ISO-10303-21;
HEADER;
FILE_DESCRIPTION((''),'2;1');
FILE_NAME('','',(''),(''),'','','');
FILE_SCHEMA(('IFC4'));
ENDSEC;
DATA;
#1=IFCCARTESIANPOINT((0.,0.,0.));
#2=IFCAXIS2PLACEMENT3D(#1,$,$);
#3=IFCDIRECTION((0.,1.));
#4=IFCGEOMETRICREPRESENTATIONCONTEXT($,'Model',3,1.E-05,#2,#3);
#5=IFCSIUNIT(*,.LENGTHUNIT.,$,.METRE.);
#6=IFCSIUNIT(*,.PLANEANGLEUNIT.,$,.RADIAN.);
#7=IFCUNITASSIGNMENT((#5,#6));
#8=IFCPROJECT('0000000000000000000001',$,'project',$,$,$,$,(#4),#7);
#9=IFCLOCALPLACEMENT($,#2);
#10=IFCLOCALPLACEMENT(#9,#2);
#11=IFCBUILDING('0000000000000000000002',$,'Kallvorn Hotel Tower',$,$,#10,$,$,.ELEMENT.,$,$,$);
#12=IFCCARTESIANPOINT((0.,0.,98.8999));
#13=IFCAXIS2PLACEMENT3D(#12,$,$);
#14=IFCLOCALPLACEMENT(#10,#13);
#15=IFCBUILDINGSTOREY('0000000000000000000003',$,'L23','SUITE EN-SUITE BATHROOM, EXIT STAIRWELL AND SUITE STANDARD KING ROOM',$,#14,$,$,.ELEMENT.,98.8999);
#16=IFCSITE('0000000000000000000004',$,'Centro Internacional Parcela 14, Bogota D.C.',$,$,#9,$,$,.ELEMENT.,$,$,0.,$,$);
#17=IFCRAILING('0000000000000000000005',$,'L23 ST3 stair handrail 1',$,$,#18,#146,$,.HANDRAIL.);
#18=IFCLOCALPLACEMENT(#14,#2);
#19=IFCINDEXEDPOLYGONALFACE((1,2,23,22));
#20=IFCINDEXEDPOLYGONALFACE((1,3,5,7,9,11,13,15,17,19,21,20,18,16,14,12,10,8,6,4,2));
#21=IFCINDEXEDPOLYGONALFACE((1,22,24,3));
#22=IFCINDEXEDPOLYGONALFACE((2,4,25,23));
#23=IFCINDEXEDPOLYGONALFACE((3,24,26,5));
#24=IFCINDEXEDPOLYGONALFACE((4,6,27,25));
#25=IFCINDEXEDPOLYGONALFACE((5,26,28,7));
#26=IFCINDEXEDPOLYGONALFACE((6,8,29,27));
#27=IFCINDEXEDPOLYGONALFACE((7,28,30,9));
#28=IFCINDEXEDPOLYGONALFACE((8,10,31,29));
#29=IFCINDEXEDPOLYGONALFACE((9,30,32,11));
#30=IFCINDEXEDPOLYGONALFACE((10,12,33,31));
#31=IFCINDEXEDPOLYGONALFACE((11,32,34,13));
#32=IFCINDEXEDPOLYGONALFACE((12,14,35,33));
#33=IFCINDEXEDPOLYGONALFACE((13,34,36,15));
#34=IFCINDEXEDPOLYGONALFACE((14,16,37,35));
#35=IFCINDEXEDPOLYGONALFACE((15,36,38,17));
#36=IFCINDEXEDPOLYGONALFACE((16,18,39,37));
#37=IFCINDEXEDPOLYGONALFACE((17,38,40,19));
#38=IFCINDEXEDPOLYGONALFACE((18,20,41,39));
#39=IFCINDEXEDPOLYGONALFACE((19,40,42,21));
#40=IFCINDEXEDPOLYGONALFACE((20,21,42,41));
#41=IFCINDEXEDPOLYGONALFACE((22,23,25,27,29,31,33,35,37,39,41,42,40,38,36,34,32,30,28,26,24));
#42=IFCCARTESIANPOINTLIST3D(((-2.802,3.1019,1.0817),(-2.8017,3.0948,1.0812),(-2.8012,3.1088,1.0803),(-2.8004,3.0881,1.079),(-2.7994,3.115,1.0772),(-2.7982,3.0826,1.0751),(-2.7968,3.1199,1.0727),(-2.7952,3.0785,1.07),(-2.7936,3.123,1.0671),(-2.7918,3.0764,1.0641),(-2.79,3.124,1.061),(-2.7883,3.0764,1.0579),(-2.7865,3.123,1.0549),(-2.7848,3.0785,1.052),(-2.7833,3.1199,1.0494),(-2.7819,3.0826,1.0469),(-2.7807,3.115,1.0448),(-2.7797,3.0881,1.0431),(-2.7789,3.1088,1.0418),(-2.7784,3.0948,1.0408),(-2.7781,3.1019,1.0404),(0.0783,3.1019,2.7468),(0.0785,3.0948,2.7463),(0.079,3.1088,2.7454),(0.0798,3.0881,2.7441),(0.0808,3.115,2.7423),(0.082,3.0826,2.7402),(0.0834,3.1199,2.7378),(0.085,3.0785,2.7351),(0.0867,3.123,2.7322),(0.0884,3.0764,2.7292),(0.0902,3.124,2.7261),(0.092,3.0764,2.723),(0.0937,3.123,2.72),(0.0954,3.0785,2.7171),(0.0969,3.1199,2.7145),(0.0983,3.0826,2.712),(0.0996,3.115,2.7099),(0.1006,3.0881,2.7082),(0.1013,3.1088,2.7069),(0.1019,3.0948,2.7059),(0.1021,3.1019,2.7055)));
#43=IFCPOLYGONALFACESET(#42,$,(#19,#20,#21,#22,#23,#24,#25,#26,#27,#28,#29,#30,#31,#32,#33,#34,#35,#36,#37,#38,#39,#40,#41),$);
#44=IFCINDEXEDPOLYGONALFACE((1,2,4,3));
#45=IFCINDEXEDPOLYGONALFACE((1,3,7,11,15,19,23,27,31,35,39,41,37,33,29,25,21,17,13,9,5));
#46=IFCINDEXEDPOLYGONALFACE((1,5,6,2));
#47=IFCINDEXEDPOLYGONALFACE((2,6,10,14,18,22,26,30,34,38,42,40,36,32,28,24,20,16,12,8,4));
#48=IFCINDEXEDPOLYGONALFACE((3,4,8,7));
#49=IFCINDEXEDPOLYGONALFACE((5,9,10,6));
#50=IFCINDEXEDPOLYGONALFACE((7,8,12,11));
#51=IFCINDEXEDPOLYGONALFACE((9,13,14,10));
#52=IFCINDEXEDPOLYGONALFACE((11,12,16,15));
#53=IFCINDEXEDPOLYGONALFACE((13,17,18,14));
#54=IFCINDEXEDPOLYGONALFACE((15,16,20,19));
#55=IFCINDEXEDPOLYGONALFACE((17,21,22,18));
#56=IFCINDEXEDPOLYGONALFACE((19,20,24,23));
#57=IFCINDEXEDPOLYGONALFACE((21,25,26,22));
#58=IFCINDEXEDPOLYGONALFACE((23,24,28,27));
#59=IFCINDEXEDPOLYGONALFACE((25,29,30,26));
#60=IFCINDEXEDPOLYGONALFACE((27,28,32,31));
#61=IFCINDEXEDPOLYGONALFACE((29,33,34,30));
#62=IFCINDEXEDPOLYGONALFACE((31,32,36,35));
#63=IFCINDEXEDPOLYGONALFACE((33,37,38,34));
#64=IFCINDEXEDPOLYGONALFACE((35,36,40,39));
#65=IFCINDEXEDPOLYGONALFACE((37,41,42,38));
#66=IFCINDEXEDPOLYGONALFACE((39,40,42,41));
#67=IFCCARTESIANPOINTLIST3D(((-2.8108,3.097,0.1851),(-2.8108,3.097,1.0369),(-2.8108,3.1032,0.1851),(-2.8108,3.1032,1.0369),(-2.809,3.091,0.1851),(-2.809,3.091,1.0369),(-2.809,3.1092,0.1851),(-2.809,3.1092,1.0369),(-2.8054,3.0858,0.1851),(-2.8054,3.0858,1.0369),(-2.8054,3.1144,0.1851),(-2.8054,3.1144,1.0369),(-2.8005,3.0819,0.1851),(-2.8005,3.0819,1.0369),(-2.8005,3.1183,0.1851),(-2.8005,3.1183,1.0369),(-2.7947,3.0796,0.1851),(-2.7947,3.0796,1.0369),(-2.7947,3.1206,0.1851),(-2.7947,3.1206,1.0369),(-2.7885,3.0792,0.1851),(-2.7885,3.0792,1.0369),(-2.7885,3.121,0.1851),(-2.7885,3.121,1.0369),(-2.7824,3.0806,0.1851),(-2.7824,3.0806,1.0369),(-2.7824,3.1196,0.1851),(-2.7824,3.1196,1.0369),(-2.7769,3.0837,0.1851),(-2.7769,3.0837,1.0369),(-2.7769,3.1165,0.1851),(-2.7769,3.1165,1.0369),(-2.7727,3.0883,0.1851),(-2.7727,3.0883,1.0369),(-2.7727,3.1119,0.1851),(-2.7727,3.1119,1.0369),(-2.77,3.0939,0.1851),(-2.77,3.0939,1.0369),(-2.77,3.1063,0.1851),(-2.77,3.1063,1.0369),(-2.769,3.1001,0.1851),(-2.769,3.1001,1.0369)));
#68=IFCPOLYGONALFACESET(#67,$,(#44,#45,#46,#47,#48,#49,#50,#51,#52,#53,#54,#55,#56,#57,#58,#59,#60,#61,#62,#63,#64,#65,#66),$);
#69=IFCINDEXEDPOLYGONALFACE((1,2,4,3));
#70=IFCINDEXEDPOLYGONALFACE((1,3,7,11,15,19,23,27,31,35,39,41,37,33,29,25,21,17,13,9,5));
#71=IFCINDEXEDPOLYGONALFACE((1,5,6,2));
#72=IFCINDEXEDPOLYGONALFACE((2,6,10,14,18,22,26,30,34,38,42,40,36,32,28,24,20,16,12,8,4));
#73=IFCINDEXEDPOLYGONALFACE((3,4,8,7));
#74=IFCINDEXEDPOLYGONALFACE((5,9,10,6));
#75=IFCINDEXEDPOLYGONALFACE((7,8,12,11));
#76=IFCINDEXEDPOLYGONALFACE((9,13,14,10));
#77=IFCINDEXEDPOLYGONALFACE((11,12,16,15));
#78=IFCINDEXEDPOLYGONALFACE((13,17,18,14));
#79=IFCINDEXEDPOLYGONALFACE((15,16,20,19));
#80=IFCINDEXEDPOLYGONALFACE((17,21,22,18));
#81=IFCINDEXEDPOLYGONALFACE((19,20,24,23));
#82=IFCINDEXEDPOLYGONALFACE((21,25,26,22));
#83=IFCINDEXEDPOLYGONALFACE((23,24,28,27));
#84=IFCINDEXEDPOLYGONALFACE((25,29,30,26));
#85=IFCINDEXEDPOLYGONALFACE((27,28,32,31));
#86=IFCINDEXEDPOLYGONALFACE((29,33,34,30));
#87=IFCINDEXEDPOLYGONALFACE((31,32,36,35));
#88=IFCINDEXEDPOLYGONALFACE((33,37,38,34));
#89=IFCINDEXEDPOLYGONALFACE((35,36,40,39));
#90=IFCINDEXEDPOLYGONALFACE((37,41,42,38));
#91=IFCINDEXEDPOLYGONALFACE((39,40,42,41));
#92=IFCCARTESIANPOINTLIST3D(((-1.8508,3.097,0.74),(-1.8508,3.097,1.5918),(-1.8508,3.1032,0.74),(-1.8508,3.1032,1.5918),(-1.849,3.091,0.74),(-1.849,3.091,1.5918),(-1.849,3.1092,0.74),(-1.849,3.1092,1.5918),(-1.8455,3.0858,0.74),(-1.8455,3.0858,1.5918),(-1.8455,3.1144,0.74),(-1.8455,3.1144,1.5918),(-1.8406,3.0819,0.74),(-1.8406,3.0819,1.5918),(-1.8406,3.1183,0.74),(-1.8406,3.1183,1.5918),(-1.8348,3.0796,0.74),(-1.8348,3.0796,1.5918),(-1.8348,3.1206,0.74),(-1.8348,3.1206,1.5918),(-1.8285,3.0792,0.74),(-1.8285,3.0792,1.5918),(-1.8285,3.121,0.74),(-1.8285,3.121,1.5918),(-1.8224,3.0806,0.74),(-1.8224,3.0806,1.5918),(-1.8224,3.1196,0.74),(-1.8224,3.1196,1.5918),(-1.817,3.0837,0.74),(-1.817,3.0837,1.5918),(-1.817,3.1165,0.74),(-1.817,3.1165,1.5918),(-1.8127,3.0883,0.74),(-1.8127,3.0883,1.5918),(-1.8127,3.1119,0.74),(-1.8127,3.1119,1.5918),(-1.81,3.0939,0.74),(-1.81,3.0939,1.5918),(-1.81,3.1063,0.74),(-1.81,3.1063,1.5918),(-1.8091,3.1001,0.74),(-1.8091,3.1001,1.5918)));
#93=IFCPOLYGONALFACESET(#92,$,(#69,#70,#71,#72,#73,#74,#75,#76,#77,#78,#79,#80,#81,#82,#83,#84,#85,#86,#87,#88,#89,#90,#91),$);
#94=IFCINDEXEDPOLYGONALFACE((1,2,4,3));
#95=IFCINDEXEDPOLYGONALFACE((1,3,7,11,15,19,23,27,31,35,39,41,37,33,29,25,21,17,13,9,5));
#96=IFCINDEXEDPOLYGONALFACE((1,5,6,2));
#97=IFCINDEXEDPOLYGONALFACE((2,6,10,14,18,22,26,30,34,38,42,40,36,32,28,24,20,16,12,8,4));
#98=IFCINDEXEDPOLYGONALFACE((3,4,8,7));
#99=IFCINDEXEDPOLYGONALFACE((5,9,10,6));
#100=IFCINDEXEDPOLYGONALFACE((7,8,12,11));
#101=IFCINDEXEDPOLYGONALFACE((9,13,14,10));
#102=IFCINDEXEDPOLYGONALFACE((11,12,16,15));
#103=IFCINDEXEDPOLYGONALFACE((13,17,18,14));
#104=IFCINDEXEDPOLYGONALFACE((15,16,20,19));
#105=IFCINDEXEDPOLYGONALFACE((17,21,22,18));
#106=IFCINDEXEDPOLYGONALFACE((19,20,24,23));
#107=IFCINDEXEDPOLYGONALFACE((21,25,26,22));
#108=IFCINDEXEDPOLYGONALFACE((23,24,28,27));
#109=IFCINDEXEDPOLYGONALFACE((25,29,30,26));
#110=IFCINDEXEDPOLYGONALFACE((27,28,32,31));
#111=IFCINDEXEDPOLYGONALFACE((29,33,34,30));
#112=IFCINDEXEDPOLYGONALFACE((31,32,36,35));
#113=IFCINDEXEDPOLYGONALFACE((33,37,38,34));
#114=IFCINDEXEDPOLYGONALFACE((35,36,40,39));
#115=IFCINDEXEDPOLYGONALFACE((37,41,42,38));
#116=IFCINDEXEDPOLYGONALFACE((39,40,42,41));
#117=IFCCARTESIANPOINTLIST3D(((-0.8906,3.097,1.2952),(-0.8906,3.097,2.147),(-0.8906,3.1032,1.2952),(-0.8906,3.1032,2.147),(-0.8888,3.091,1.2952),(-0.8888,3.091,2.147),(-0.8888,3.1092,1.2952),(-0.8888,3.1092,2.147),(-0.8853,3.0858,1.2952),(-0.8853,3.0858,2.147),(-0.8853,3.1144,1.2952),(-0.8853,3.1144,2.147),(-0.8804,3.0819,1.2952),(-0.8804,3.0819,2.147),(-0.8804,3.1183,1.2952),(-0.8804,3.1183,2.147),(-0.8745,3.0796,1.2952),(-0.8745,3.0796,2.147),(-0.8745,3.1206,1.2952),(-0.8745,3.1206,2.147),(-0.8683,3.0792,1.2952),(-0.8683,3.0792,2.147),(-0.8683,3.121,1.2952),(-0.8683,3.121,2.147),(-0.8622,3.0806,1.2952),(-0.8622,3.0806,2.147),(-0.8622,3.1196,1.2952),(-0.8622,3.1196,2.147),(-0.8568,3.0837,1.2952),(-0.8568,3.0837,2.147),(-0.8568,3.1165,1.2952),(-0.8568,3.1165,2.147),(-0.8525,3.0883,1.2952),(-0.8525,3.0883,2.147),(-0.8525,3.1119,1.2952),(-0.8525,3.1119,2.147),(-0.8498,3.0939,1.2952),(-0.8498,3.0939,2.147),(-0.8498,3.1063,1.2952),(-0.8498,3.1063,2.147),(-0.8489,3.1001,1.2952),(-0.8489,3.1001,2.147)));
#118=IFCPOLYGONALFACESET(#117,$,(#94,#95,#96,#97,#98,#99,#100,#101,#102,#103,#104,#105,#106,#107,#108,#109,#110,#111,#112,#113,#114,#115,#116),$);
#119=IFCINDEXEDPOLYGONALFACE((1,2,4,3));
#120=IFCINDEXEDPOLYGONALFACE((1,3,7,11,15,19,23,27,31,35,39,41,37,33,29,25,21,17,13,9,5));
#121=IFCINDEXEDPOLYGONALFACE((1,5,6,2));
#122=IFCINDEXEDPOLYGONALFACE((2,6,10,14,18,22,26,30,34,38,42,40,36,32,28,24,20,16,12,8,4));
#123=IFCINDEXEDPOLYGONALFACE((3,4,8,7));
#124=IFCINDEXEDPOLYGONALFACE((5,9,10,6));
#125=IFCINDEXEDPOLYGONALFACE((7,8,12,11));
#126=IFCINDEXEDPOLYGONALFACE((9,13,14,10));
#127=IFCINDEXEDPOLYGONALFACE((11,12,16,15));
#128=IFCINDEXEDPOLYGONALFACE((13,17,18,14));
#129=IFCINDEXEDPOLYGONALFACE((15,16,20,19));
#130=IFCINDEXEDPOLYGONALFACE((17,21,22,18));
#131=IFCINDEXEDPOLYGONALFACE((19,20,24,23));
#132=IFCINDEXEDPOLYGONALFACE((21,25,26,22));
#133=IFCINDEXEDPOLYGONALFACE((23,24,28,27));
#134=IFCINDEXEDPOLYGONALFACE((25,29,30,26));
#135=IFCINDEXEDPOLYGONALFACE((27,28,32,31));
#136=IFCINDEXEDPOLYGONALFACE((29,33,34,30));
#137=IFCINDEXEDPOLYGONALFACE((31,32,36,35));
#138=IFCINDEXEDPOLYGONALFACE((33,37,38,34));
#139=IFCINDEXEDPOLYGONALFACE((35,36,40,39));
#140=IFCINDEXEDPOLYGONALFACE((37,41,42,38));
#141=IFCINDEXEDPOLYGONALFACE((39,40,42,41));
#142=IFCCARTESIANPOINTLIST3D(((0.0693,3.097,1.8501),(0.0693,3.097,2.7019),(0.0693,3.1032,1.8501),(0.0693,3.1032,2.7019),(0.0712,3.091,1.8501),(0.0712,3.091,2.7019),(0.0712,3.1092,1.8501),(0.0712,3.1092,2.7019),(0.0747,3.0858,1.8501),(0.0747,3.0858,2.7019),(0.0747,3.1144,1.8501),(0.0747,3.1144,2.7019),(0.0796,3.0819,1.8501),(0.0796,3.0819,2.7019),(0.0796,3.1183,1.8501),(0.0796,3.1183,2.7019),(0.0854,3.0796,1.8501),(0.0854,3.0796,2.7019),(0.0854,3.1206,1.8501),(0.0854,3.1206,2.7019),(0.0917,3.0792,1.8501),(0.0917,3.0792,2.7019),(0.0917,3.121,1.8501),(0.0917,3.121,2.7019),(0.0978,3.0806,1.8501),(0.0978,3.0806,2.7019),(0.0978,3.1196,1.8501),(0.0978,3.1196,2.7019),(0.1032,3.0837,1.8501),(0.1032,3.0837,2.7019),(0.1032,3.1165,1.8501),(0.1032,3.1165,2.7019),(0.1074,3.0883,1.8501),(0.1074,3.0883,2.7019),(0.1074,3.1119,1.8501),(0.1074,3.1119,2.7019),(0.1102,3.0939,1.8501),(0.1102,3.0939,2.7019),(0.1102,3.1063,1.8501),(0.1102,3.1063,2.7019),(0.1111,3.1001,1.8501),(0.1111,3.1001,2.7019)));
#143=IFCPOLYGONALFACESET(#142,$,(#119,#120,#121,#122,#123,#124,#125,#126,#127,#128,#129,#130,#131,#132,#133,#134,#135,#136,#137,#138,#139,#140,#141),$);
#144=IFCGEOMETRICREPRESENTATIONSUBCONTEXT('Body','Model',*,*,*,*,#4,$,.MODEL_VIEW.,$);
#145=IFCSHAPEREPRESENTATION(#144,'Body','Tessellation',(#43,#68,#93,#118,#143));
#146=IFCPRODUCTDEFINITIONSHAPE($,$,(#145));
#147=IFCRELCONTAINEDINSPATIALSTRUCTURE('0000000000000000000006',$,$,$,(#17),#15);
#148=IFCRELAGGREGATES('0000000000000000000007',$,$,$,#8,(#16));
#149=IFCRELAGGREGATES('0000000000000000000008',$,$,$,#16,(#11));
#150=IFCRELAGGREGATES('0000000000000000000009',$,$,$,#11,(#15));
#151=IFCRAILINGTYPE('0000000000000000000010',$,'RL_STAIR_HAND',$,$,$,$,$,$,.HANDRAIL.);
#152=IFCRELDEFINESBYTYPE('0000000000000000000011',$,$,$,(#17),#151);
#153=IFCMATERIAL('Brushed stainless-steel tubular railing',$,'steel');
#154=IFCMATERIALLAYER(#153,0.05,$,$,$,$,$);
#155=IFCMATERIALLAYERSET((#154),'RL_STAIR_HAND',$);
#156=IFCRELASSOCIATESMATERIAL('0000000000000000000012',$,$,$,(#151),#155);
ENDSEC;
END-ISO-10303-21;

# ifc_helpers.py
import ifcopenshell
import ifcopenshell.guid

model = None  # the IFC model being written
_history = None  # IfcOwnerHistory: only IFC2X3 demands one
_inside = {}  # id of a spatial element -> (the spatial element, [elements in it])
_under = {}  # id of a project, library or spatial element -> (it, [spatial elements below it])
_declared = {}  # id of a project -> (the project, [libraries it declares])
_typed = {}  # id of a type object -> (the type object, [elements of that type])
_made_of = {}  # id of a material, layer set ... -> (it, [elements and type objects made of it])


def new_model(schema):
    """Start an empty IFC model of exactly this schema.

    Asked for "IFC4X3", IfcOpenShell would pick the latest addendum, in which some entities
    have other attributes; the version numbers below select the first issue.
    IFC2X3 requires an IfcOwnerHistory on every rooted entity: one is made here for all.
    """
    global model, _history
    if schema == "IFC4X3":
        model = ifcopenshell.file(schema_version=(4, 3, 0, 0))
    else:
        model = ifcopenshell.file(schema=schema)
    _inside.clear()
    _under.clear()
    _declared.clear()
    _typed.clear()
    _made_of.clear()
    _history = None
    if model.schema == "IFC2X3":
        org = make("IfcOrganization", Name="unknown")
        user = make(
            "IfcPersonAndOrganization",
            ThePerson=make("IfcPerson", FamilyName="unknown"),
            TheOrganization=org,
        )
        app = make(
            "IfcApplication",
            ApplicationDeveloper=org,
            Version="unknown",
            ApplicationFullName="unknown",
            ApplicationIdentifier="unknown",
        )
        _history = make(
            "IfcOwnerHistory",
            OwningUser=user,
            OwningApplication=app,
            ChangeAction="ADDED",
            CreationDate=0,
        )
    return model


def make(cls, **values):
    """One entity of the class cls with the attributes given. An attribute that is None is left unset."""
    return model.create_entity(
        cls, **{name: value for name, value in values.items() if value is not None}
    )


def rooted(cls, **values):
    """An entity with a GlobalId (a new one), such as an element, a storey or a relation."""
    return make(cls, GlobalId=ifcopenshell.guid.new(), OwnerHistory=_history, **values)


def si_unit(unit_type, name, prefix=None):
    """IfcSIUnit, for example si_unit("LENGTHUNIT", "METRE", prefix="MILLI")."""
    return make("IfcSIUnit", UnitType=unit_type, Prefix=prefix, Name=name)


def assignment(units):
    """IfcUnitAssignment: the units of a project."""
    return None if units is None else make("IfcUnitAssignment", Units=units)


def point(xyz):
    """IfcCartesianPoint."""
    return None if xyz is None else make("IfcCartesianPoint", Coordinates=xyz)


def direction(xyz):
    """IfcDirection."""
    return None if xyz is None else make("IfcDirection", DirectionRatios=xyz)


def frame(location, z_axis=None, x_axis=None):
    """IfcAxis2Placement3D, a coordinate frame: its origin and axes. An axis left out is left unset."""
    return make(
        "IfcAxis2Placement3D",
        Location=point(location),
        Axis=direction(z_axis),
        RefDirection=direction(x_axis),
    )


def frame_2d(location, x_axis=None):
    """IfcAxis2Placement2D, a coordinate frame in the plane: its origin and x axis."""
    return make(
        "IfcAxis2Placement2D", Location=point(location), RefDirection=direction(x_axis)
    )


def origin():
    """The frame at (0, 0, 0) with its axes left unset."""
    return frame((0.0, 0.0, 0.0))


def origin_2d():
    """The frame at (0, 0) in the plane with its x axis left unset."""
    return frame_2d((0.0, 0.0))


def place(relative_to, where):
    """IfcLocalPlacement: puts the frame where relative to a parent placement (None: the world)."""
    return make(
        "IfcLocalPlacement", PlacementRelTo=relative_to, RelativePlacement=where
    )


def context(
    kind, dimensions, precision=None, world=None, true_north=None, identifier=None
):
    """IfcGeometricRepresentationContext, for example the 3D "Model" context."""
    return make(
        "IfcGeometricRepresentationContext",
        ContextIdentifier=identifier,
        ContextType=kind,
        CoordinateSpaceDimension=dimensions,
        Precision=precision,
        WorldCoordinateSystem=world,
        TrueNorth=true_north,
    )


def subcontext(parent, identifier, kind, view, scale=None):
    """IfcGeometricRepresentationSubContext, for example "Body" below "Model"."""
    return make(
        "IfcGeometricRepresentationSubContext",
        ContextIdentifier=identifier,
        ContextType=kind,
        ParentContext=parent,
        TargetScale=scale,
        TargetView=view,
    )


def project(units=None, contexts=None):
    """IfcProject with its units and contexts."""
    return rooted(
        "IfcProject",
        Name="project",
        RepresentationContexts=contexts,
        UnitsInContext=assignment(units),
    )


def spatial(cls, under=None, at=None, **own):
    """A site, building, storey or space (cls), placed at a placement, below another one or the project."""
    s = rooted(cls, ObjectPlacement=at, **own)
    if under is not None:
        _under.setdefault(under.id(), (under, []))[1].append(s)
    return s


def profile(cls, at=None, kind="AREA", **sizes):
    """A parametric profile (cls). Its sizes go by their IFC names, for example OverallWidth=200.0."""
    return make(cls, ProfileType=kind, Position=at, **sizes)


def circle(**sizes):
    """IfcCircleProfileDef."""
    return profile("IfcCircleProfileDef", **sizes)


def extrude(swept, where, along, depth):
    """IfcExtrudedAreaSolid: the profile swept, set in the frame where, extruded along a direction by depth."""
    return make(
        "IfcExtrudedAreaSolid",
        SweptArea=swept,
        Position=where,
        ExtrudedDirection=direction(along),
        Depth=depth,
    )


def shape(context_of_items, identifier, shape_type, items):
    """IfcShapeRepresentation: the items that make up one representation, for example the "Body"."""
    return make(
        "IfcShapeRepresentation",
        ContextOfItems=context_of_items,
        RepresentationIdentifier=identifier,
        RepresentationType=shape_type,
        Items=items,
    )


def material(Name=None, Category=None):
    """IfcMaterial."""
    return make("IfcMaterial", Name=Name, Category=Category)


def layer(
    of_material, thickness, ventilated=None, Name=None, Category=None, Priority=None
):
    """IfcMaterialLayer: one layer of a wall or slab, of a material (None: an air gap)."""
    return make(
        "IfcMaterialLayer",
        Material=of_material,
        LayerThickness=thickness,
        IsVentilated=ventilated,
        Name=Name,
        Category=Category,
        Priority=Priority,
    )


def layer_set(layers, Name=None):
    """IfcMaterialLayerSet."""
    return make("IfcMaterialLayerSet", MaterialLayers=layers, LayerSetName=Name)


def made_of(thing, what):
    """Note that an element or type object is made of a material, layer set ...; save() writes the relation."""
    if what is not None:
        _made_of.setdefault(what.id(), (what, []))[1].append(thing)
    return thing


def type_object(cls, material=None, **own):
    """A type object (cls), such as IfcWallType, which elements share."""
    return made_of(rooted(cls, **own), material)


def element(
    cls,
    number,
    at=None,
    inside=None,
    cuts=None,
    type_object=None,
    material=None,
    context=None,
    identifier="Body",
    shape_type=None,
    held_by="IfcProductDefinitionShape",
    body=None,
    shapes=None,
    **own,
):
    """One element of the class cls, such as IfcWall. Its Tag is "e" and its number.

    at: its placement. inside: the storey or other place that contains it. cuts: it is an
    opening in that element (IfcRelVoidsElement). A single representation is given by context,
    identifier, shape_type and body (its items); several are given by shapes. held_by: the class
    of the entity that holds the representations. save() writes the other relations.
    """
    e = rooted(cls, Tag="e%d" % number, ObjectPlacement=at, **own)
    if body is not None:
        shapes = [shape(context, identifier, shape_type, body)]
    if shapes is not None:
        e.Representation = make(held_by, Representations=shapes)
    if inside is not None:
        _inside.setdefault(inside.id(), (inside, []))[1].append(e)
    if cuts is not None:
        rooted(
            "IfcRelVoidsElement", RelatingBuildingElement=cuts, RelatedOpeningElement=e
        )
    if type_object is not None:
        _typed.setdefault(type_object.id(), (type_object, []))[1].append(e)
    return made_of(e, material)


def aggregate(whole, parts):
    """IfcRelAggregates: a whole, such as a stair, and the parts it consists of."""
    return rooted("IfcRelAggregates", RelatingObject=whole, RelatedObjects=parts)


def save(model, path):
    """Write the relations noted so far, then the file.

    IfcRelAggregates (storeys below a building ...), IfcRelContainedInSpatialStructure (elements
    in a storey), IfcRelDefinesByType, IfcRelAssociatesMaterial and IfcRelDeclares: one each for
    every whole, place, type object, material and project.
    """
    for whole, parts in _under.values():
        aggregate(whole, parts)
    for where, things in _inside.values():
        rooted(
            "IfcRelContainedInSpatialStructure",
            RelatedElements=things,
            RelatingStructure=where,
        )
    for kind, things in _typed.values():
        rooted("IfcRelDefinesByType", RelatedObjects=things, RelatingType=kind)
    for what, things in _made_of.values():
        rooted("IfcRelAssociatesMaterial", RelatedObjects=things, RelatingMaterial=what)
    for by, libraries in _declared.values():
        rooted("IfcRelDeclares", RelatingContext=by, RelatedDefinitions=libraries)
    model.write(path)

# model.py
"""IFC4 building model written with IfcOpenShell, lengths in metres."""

from ifc_helpers import new_model, si_unit, direction, frame, origin, origin_2d, place, context, subcontext, project, spatial, circle, extrude, material, layer, layer_set, type_object, element, save


model = new_model("IFC4")

# Units and contexts
model_context = context("Model", 3, precision=1e-05, world=origin(), true_north=direction((0.0, 1.0)))
body_context = subcontext(model_context, "Body", "Model", "MODEL_VIEW")
ifc_project = project(units=[si_unit("LENGTHUNIT", "METRE"), si_unit("PLANEANGLEUNIT", "RADIAN")], contexts=[model_context])

# Site, building, storey
site_placement = place(None, origin())
site = spatial("IfcSite", under=ifc_project, at=site_placement, Name="Centro Internacional Parcela 14, Bogota D.C.", CompositionType="ELEMENT", RefElevation=0.0)
building_placement = place(site_placement, origin())
building = spatial("IfcBuilding", under=site, at=building_placement, Name="Kallvorn Hotel Tower", CompositionType="ELEMENT")
storey_placement = place(building_placement, frame((0.0, 0.0, 98.8999)))
storey = spatial("IfcBuildingStorey", under=building, at=storey_placement, Name="L23", Description="SUITE EN-SUITE BATHROOM, EXIT STAIRWELL AND SUITE STANDARD KING ROOM", CompositionType="ELEMENT", Elevation=98.8999)

# Railing
ifc_material_1 = material(Name="Brushed stainless-steel tubular railing", Category="steel")
ifc_layer_1 = layer(ifc_material_1, 0.05)
ifc_layer_set_1 = layer_set([ifc_layer_1], Name="RL_STAIR_HAND")
railing_type_1 = type_object("IfcRailingType", Name="RL_STAIR_HAND", PredefinedType="HANDRAIL", material=ifc_layer_set_1)
railing_1_placement = place(storey_placement, frame((-2.79, 3.1001, 0.1851)))
element("IfcRailing", 1, at=railing_1_placement, inside=storey, type_object=railing_type_1, Name="L23 ST3 stair handrail 1", PredefinedType="HANDRAIL", context=body_context, shape_type="SweptSolid", body=[
    extrude(circle(Radius=0.0239, at=origin_2d()), frame((0.0, 0.0, 0.876), z_axis=(0.865739, 0.0, 0.500495), x_axis=(0.0, 1.0, 0.0)), (0.0, 0.0, 1.0), 3.3269),
    extrude(circle(Radius=0.021, at=origin_2d()), origin(), (0.0, 0.0, 1.0), 0.8518),
    extrude(circle(Radius=0.021, at=origin_2d()), frame((0.96, 0.0, 0.5549)), (0.0, 0.0, 1.0), 0.8518),
    extrude(circle(Radius=0.021, at=origin_2d()), frame((1.9202, 0.0, 1.1101)), (0.0, 0.0, 1.0), 0.8518),
    extrude(circle(Radius=0.021, at=origin_2d()), frame((2.8801, 0.0, 1.665)), (0.0, 0.0, 1.0), 0.8518),
])

save(model, "model.ifc")
